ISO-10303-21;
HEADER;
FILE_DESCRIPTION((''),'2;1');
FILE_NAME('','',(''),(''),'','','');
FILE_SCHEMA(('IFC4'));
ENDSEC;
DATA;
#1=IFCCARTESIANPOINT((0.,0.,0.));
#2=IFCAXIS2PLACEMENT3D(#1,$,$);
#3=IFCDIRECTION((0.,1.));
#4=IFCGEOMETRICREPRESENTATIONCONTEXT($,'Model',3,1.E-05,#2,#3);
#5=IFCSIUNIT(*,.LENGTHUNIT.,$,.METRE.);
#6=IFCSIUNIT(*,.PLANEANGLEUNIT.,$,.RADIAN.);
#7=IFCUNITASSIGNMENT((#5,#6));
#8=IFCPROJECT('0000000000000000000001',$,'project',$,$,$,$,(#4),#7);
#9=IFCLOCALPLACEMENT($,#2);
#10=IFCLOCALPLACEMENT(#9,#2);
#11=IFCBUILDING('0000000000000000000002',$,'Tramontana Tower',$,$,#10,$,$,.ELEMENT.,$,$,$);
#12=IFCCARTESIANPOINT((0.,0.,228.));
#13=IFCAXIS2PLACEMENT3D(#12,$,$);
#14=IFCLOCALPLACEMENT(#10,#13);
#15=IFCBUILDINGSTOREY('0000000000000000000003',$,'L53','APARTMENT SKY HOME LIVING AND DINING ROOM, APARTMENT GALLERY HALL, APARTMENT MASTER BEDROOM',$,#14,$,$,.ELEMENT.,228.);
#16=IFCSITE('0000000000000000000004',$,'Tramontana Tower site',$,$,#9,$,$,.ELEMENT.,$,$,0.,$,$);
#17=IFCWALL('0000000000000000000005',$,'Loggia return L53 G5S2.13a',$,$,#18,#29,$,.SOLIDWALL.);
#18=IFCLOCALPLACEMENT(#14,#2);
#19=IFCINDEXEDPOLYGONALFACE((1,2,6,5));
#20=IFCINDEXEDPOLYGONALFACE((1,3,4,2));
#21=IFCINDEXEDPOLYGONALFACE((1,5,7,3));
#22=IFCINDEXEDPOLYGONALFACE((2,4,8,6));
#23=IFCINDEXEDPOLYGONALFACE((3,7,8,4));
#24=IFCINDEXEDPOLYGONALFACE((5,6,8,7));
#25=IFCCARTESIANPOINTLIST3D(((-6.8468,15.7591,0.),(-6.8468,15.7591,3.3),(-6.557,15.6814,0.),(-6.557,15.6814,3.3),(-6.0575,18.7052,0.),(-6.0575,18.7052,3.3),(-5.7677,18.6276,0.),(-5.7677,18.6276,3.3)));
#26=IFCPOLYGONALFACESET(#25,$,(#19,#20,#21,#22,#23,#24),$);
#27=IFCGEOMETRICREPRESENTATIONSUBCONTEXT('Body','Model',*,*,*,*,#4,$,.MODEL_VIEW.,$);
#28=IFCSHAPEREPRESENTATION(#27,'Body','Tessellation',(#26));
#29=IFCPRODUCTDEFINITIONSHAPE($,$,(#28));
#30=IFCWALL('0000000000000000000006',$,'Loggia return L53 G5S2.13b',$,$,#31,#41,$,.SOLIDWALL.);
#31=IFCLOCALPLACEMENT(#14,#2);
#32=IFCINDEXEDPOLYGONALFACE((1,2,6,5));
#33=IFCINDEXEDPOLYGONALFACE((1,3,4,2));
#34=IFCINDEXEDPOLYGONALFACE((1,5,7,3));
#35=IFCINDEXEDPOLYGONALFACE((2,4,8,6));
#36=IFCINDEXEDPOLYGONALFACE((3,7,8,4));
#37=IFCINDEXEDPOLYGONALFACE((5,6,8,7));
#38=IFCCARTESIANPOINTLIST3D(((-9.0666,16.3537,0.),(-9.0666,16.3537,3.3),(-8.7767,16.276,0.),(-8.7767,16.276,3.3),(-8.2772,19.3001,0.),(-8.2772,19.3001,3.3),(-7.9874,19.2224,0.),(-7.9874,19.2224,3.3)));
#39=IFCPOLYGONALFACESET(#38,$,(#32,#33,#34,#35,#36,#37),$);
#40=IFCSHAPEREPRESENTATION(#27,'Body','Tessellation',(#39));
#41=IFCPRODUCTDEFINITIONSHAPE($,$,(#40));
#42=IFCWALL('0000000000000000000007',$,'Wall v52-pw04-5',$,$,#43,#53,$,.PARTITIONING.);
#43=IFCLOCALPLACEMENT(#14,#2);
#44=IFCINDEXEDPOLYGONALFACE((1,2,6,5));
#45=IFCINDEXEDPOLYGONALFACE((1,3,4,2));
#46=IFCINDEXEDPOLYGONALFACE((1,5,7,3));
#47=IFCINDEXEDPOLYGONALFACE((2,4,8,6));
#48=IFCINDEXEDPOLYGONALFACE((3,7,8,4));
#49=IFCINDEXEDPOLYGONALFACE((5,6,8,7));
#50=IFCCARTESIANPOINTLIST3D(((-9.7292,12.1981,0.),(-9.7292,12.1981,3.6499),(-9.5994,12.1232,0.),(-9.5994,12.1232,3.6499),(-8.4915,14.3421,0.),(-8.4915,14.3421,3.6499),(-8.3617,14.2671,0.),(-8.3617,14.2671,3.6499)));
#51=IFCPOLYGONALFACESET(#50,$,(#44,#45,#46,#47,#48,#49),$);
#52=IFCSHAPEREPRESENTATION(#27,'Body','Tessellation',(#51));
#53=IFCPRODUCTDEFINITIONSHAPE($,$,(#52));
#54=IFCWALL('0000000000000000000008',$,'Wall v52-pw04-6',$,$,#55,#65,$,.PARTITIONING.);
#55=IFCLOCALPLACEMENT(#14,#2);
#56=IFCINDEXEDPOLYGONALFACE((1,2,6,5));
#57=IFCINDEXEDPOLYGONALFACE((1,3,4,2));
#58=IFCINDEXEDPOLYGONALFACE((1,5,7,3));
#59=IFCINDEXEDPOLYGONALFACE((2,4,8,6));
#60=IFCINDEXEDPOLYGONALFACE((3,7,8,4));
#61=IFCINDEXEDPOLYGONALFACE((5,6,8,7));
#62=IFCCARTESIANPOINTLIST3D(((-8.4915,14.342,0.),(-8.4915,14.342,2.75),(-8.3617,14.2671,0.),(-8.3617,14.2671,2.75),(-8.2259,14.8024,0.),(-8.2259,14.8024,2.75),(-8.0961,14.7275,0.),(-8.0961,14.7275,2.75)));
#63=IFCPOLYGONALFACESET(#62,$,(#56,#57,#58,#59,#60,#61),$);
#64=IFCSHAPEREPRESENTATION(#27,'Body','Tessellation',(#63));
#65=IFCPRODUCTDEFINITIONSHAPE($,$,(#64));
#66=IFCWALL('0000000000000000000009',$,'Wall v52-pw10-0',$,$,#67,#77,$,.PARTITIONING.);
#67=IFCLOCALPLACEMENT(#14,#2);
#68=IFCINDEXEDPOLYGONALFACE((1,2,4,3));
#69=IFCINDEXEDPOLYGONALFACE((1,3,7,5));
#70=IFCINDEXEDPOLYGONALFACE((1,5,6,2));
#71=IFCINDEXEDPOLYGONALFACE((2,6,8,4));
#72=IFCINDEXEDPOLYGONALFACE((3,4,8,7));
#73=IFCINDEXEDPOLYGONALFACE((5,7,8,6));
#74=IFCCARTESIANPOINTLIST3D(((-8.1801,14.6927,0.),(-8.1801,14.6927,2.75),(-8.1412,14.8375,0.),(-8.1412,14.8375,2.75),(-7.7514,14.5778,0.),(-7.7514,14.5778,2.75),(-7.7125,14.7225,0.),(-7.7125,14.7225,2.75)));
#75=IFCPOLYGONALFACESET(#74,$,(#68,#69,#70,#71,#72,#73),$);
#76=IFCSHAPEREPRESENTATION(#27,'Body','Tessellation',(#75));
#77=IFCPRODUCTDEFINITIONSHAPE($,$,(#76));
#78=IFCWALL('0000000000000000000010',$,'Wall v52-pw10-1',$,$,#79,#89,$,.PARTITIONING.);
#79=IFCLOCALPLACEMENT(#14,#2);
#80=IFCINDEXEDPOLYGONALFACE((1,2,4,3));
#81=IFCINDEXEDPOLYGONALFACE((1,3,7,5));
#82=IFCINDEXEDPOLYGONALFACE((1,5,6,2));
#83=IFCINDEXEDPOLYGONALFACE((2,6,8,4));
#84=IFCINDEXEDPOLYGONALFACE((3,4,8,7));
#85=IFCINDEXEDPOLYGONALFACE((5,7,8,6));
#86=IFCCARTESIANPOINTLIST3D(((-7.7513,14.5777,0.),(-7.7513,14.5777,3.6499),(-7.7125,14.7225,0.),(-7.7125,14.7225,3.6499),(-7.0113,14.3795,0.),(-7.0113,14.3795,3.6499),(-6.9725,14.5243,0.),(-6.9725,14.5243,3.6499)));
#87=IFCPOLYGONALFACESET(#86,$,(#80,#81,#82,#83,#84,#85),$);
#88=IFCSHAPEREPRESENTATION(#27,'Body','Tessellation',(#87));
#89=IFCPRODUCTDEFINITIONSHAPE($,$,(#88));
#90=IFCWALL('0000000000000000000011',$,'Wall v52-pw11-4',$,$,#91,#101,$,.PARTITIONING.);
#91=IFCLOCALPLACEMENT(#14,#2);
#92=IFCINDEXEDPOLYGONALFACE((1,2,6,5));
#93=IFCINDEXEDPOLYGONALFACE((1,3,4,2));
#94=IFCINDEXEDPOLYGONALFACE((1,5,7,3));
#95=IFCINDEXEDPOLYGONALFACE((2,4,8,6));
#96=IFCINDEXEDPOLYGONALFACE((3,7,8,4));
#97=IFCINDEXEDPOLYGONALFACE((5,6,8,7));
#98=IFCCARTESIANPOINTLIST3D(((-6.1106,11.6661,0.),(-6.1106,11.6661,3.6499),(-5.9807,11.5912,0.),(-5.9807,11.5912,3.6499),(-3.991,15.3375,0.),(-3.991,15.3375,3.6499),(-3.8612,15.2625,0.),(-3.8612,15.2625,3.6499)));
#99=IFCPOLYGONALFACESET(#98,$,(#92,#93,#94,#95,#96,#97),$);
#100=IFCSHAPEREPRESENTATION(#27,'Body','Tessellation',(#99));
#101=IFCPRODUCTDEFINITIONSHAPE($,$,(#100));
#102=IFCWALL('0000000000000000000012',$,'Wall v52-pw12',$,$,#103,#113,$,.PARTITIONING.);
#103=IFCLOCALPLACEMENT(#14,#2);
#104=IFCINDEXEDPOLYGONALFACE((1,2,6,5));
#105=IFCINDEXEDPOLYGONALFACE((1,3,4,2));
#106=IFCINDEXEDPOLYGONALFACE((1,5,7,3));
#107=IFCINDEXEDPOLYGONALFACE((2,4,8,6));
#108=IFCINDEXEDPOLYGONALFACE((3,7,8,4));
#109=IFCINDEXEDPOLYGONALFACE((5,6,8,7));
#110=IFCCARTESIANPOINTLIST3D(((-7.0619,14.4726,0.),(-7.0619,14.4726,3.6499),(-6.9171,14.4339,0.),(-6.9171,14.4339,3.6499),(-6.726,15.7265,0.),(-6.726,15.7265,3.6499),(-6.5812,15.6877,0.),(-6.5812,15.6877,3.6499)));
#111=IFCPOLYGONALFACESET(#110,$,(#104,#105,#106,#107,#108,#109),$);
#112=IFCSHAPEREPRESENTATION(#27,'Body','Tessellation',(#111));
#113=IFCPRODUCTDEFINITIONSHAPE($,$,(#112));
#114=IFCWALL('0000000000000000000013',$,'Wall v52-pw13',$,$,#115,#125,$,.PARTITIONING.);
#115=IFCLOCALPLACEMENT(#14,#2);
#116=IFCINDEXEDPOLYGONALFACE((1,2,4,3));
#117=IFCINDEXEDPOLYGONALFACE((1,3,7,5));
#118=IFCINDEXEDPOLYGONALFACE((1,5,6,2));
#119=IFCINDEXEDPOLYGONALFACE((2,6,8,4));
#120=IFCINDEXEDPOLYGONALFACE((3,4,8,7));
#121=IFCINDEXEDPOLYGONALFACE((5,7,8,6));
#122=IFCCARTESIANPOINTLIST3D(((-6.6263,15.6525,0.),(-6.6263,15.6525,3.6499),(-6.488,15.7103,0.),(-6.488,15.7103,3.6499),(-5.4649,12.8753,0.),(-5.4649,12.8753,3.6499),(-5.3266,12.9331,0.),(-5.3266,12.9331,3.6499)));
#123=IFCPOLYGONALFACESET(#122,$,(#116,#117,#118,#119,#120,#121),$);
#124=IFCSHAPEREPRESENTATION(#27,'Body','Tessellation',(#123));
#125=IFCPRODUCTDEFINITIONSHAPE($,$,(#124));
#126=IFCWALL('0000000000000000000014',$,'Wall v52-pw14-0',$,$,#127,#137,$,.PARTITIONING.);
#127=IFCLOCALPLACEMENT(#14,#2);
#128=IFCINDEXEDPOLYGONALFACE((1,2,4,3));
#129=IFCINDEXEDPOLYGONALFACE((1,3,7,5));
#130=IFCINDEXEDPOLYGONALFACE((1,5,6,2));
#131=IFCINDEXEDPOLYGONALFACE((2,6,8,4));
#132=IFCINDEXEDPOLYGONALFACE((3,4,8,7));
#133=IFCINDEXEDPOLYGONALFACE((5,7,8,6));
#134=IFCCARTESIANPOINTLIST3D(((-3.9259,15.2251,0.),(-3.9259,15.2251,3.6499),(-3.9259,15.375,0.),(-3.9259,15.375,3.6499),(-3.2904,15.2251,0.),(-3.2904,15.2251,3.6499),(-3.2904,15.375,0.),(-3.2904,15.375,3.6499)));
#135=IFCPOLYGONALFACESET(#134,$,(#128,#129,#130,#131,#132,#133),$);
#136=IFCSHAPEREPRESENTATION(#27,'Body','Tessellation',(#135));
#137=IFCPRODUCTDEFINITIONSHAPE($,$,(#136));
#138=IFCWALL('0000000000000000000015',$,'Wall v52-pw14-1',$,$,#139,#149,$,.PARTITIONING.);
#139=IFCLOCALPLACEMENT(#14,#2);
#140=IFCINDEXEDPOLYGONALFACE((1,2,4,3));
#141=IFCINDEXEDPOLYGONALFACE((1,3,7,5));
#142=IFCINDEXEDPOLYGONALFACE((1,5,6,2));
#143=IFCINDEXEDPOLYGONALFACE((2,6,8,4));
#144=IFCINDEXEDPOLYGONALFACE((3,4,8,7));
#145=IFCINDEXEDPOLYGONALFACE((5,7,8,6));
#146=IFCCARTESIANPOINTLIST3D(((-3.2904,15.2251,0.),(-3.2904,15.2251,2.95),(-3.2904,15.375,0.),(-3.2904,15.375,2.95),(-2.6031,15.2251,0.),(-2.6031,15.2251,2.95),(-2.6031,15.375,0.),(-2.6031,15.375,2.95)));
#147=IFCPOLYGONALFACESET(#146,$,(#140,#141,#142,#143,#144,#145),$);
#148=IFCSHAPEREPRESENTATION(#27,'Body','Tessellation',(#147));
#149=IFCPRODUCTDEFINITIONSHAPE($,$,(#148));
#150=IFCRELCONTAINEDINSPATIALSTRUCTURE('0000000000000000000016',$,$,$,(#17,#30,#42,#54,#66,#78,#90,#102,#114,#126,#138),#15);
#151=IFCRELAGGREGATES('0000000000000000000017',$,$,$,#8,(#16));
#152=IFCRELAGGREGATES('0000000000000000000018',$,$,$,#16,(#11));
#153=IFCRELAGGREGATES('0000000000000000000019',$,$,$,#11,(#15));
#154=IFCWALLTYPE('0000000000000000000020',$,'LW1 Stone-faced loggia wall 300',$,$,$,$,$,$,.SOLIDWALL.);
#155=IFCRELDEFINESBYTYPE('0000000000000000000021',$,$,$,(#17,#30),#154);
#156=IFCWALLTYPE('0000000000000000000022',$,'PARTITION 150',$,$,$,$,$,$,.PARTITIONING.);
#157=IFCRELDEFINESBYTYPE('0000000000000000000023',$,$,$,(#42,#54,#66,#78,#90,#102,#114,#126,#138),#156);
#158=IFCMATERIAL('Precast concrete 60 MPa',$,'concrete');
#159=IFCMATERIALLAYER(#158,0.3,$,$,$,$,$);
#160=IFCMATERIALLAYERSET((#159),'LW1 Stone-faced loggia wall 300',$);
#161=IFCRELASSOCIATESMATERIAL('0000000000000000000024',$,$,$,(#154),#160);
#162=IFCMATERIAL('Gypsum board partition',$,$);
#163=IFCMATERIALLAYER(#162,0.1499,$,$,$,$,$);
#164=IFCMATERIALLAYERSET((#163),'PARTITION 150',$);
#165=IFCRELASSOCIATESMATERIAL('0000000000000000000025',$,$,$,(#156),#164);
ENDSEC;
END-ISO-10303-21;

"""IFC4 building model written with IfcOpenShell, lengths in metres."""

from ifc_helpers import new_model, si_unit, direction, frame, frame_2d, origin, place, context, subcontext, project, spatial, rectangle, extrude, material, layer, layer_set, type_object, element, save


model = new_model("IFC4")

# Units and contexts
model_context = context("Model", 3, precision=1e-05, world=origin(), true_north=direction((0.0, 1.0)))
body_context = subcontext(model_context, "Body", "Model", "MODEL_VIEW")
ifc_project = project(units=[si_unit("LENGTHUNIT", "METRE"), si_unit("PLANEANGLEUNIT", "RADIAN")], contexts=[model_context])

# Site, building, storey
site_placement = place(None, origin())
site = spatial("IfcSite", under=ifc_project, at=site_placement, Name="Tramontana Tower site", CompositionType="ELEMENT", RefElevation=0.0)
building_placement = place(site_placement, origin())
building = spatial("IfcBuilding", under=site, at=building_placement, Name="Tramontana Tower", CompositionType="ELEMENT")
storey_placement = place(building_placement, frame((0.0, 0.0, 228.0)))
storey = spatial("IfcBuildingStorey", under=building, at=storey_placement, Name="L53", Description="APARTMENT SKY HOME LIVING AND DINING ROOM, APARTMENT GALLERY HALL, APARTMENT MASTER BEDROOM", CompositionType="ELEMENT", Elevation=228.0)

# Shared definitions
ifc_material_1 = material(Name="Precast concrete 60 MPa", Category="concrete")
ifc_layer_1 = layer(ifc_material_1, 0.3)
ifc_layer_set_1 = layer_set([ifc_layer_1], Name="LW1 Stone-faced loggia wall 300")
wall_type_1 = type_object("IfcWallType", Name="LW1 Stone-faced loggia wall 300", PredefinedType="SOLIDWALL", material=ifc_layer_set_1)

# Walls
wall_1_placement = place(storey_placement, frame((-5.9126, 18.6663, 0.0), z_axis=(0.0, 0.0, 1.0), x_axis=(-0.258793, -0.965933, 0.0)))
element("IfcWall", 1, at=wall_1_placement, inside=storey, type_object=wall_type_1, Name="Loggia return L53 G5S2.13a", PredefinedType="SOLIDWALL", context=body_context, shape_type="SweptSolid", body=[
    extrude(rectangle(XDim=3.05, YDim=0.3, at=frame_2d((1.5249, 0.0))), origin(), (0.0, 0.0, 1.0), 3.3),
])
wall_2_placement = place(storey_placement, frame((-8.1323, 19.2612, 0.0), z_axis=(0.0, 0.0, 1.0), x_axis=(-0.258773, -0.965938, 0.0)))
element("IfcWall", 2, at=wall_2_placement, inside=storey, type_object=wall_type_1, Name="Loggia return L53 G5S2.13b", PredefinedType="SOLIDWALL", context=body_context, shape_type="SweptSolid", body=[
    extrude(rectangle(XDim=3.0503, YDim=0.3, at=frame_2d((1.5251, 0.0))), origin(), (0.0, 0.0, 1.0), 3.3),
])
ifc_material_2 = material(Name="Gypsum board partition")
ifc_layer_2 = layer(ifc_material_2, 0.1499)
ifc_layer_set_2 = layer_set([ifc_layer_2], Name="PARTITION 150")
wall_type_2 = type_object("IfcWallType", Name="PARTITION 150", PredefinedType="PARTITIONING", material=ifc_layer_set_2)
wall_3_placement = place(storey_placement, frame((-9.6643, 12.1606, 0.0), z_axis=(0.0, 0.0, 1.0), x_axis=(0.499979, 0.866038, 0.0)))
element("IfcWall", 3, at=wall_3_placement, inside=storey, type_object=wall_type_2, Name="Wall v52-pw04-5", PredefinedType="PARTITIONING", context=body_context, shape_type="SweptSolid", body=[
    extrude(rectangle(XDim=2.4756, YDim=0.1499, at=frame_2d((1.2378, 0.0))), origin(), (0.0, 0.0, 1.0), 3.6499),
])
wall_4_placement = place(storey_placement, frame((-8.4265, 14.3047, 0.0), z_axis=(0.0, 0.0, 1.0), x_axis=(0.499696, 0.866201, 0.0)))
element("IfcWall", 4, at=wall_4_placement, inside=storey, type_object=wall_type_2, Name="Wall v52-pw04-6", PredefinedType="PARTITIONING", context=body_context, shape_type="SweptSolid", body=[
    extrude(rectangle(XDim=0.5315, YDim=0.1499, at=frame_2d((0.2656, 0.0))), origin(), (0.0, 0.0, 1.0), 2.75),
])
wall_5_placement = place(storey_placement, frame((-8.1606, 14.7651, 0.0), z_axis=(0.0, 0.0, 1.0), x_axis=(0.96586, -0.259066, 0.0)))
element("IfcWall", 5, at=wall_5_placement, inside=storey, type_object=wall_type_2, Name="Wall v52-pw10-0", PredefinedType="PARTITIONING", context=body_context, shape_type="SweptSolid", body=[
    extrude(rectangle(XDim=0.4438, YDim=0.1499, at=frame_2d((0.2219, 0.0))), origin(), (0.0, 0.0, 1.0), 2.75),
])
wall_6_placement = place(storey_placement, frame((-7.7319, 14.6501, 0.0), z_axis=(0.0, 0.0, 1.0), x_axis=(0.965938, -0.258773, 0.0)))
element("IfcWall", 6, at=wall_6_placement, inside=storey, type_object=wall_type_2, Name="Wall v52-pw10-1", PredefinedType="PARTITIONING", context=body_context, shape_type="SweptSolid", body=[
    extrude(rectangle(XDim=0.7661, YDim=0.1499, at=frame_2d((0.3831, 0.0))), origin(), (0.0, 0.0, 1.0), 3.6499),
])

# Walls
wall_7_placement = place(storey_placement, frame((-6.0457, 11.6287, 0.0), z_axis=(0.0, 0.0, 1.0), x_axis=(0.499992, 0.86603, 0.0)))
element("IfcWall", 7, at=wall_7_placement, inside=storey, type_object=wall_type_2, Name="Wall v52-pw11-4", PredefinedType="PARTITIONING", context=body_context, shape_type="SweptSolid", body=[
    extrude(rectangle(XDim=4.2393, YDim=0.1499, at=frame_2d((2.1196, 0.0))), origin(), (0.0, 0.0, 1.0), 3.6499),
])
wall_8_placement = place(storey_placement, frame((-6.9895, 14.4534, 0.0), z_axis=(0.0, 0.0, 1.0), x_axis=(0.258786, 0.965935, 0.0)))
element("IfcWall", 8, at=wall_8_placement, inside=storey, type_object=wall_type_2, Name="Wall v52-pw12", PredefinedType="PARTITIONING", context=body_context, shape_type="SweptSolid", body=[
    extrude(rectangle(XDim=1.2981, YDim=0.1499, at=frame_2d((0.6489, 0.0))), origin(), (0.0, 0.0, 1.0), 3.6499),
])
wall_9_placement = place(storey_placement, frame((-6.5571, 15.6814, 0.0), z_axis=(0.0, 0.0, 1.0), x_axis=(0.385819, -0.922575, 0.0)))
element("IfcWall", 9, at=wall_9_placement, inside=storey, type_object=wall_type_2, Name="Wall v52-pw13", PredefinedType="PARTITIONING", context=body_context, shape_type="SweptSolid", body=[
    extrude(rectangle(XDim=3.0103, YDim=0.1499, at=frame_2d((1.5051, 0.0))), origin(), (0.0, 0.0, 1.0), 3.6499),
])
wall_10_placement = place(storey_placement, frame((-3.926, 15.3, 0.0), z_axis=(0.0, 0.0, 1.0), x_axis=(1.0, 0.0, 0.0)))
element("IfcWall", 10, at=wall_10_placement, inside=storey, type_object=wall_type_2, Name="Wall v52-pw14-0", PredefinedType="PARTITIONING", context=body_context, shape_type="SweptSolid", body=[
    extrude(rectangle(XDim=0.6355, YDim=0.1499, at=frame_2d((0.3179, 0.0))), origin(), (0.0, 0.0, 1.0), 3.6499),
])
wall_11_placement = place(storey_placement, frame((-3.2905, 15.3, 0.0), z_axis=(0.0, 0.0, 1.0), x_axis=(1.0, 0.0, 0.0)))
element("IfcWall", 11, at=wall_11_placement, inside=storey, type_object=wall_type_2, Name="Wall v52-pw14-1", PredefinedType="PARTITIONING", context=body_context, shape_type="SweptSolid", body=[
    extrude(rectangle(XDim=0.6873, YDim=0.1499, at=frame_2d((0.3438, 0.0))), origin(), (0.0, 0.0, 1.0), 2.95),
])

save(model, "model.ifc")
